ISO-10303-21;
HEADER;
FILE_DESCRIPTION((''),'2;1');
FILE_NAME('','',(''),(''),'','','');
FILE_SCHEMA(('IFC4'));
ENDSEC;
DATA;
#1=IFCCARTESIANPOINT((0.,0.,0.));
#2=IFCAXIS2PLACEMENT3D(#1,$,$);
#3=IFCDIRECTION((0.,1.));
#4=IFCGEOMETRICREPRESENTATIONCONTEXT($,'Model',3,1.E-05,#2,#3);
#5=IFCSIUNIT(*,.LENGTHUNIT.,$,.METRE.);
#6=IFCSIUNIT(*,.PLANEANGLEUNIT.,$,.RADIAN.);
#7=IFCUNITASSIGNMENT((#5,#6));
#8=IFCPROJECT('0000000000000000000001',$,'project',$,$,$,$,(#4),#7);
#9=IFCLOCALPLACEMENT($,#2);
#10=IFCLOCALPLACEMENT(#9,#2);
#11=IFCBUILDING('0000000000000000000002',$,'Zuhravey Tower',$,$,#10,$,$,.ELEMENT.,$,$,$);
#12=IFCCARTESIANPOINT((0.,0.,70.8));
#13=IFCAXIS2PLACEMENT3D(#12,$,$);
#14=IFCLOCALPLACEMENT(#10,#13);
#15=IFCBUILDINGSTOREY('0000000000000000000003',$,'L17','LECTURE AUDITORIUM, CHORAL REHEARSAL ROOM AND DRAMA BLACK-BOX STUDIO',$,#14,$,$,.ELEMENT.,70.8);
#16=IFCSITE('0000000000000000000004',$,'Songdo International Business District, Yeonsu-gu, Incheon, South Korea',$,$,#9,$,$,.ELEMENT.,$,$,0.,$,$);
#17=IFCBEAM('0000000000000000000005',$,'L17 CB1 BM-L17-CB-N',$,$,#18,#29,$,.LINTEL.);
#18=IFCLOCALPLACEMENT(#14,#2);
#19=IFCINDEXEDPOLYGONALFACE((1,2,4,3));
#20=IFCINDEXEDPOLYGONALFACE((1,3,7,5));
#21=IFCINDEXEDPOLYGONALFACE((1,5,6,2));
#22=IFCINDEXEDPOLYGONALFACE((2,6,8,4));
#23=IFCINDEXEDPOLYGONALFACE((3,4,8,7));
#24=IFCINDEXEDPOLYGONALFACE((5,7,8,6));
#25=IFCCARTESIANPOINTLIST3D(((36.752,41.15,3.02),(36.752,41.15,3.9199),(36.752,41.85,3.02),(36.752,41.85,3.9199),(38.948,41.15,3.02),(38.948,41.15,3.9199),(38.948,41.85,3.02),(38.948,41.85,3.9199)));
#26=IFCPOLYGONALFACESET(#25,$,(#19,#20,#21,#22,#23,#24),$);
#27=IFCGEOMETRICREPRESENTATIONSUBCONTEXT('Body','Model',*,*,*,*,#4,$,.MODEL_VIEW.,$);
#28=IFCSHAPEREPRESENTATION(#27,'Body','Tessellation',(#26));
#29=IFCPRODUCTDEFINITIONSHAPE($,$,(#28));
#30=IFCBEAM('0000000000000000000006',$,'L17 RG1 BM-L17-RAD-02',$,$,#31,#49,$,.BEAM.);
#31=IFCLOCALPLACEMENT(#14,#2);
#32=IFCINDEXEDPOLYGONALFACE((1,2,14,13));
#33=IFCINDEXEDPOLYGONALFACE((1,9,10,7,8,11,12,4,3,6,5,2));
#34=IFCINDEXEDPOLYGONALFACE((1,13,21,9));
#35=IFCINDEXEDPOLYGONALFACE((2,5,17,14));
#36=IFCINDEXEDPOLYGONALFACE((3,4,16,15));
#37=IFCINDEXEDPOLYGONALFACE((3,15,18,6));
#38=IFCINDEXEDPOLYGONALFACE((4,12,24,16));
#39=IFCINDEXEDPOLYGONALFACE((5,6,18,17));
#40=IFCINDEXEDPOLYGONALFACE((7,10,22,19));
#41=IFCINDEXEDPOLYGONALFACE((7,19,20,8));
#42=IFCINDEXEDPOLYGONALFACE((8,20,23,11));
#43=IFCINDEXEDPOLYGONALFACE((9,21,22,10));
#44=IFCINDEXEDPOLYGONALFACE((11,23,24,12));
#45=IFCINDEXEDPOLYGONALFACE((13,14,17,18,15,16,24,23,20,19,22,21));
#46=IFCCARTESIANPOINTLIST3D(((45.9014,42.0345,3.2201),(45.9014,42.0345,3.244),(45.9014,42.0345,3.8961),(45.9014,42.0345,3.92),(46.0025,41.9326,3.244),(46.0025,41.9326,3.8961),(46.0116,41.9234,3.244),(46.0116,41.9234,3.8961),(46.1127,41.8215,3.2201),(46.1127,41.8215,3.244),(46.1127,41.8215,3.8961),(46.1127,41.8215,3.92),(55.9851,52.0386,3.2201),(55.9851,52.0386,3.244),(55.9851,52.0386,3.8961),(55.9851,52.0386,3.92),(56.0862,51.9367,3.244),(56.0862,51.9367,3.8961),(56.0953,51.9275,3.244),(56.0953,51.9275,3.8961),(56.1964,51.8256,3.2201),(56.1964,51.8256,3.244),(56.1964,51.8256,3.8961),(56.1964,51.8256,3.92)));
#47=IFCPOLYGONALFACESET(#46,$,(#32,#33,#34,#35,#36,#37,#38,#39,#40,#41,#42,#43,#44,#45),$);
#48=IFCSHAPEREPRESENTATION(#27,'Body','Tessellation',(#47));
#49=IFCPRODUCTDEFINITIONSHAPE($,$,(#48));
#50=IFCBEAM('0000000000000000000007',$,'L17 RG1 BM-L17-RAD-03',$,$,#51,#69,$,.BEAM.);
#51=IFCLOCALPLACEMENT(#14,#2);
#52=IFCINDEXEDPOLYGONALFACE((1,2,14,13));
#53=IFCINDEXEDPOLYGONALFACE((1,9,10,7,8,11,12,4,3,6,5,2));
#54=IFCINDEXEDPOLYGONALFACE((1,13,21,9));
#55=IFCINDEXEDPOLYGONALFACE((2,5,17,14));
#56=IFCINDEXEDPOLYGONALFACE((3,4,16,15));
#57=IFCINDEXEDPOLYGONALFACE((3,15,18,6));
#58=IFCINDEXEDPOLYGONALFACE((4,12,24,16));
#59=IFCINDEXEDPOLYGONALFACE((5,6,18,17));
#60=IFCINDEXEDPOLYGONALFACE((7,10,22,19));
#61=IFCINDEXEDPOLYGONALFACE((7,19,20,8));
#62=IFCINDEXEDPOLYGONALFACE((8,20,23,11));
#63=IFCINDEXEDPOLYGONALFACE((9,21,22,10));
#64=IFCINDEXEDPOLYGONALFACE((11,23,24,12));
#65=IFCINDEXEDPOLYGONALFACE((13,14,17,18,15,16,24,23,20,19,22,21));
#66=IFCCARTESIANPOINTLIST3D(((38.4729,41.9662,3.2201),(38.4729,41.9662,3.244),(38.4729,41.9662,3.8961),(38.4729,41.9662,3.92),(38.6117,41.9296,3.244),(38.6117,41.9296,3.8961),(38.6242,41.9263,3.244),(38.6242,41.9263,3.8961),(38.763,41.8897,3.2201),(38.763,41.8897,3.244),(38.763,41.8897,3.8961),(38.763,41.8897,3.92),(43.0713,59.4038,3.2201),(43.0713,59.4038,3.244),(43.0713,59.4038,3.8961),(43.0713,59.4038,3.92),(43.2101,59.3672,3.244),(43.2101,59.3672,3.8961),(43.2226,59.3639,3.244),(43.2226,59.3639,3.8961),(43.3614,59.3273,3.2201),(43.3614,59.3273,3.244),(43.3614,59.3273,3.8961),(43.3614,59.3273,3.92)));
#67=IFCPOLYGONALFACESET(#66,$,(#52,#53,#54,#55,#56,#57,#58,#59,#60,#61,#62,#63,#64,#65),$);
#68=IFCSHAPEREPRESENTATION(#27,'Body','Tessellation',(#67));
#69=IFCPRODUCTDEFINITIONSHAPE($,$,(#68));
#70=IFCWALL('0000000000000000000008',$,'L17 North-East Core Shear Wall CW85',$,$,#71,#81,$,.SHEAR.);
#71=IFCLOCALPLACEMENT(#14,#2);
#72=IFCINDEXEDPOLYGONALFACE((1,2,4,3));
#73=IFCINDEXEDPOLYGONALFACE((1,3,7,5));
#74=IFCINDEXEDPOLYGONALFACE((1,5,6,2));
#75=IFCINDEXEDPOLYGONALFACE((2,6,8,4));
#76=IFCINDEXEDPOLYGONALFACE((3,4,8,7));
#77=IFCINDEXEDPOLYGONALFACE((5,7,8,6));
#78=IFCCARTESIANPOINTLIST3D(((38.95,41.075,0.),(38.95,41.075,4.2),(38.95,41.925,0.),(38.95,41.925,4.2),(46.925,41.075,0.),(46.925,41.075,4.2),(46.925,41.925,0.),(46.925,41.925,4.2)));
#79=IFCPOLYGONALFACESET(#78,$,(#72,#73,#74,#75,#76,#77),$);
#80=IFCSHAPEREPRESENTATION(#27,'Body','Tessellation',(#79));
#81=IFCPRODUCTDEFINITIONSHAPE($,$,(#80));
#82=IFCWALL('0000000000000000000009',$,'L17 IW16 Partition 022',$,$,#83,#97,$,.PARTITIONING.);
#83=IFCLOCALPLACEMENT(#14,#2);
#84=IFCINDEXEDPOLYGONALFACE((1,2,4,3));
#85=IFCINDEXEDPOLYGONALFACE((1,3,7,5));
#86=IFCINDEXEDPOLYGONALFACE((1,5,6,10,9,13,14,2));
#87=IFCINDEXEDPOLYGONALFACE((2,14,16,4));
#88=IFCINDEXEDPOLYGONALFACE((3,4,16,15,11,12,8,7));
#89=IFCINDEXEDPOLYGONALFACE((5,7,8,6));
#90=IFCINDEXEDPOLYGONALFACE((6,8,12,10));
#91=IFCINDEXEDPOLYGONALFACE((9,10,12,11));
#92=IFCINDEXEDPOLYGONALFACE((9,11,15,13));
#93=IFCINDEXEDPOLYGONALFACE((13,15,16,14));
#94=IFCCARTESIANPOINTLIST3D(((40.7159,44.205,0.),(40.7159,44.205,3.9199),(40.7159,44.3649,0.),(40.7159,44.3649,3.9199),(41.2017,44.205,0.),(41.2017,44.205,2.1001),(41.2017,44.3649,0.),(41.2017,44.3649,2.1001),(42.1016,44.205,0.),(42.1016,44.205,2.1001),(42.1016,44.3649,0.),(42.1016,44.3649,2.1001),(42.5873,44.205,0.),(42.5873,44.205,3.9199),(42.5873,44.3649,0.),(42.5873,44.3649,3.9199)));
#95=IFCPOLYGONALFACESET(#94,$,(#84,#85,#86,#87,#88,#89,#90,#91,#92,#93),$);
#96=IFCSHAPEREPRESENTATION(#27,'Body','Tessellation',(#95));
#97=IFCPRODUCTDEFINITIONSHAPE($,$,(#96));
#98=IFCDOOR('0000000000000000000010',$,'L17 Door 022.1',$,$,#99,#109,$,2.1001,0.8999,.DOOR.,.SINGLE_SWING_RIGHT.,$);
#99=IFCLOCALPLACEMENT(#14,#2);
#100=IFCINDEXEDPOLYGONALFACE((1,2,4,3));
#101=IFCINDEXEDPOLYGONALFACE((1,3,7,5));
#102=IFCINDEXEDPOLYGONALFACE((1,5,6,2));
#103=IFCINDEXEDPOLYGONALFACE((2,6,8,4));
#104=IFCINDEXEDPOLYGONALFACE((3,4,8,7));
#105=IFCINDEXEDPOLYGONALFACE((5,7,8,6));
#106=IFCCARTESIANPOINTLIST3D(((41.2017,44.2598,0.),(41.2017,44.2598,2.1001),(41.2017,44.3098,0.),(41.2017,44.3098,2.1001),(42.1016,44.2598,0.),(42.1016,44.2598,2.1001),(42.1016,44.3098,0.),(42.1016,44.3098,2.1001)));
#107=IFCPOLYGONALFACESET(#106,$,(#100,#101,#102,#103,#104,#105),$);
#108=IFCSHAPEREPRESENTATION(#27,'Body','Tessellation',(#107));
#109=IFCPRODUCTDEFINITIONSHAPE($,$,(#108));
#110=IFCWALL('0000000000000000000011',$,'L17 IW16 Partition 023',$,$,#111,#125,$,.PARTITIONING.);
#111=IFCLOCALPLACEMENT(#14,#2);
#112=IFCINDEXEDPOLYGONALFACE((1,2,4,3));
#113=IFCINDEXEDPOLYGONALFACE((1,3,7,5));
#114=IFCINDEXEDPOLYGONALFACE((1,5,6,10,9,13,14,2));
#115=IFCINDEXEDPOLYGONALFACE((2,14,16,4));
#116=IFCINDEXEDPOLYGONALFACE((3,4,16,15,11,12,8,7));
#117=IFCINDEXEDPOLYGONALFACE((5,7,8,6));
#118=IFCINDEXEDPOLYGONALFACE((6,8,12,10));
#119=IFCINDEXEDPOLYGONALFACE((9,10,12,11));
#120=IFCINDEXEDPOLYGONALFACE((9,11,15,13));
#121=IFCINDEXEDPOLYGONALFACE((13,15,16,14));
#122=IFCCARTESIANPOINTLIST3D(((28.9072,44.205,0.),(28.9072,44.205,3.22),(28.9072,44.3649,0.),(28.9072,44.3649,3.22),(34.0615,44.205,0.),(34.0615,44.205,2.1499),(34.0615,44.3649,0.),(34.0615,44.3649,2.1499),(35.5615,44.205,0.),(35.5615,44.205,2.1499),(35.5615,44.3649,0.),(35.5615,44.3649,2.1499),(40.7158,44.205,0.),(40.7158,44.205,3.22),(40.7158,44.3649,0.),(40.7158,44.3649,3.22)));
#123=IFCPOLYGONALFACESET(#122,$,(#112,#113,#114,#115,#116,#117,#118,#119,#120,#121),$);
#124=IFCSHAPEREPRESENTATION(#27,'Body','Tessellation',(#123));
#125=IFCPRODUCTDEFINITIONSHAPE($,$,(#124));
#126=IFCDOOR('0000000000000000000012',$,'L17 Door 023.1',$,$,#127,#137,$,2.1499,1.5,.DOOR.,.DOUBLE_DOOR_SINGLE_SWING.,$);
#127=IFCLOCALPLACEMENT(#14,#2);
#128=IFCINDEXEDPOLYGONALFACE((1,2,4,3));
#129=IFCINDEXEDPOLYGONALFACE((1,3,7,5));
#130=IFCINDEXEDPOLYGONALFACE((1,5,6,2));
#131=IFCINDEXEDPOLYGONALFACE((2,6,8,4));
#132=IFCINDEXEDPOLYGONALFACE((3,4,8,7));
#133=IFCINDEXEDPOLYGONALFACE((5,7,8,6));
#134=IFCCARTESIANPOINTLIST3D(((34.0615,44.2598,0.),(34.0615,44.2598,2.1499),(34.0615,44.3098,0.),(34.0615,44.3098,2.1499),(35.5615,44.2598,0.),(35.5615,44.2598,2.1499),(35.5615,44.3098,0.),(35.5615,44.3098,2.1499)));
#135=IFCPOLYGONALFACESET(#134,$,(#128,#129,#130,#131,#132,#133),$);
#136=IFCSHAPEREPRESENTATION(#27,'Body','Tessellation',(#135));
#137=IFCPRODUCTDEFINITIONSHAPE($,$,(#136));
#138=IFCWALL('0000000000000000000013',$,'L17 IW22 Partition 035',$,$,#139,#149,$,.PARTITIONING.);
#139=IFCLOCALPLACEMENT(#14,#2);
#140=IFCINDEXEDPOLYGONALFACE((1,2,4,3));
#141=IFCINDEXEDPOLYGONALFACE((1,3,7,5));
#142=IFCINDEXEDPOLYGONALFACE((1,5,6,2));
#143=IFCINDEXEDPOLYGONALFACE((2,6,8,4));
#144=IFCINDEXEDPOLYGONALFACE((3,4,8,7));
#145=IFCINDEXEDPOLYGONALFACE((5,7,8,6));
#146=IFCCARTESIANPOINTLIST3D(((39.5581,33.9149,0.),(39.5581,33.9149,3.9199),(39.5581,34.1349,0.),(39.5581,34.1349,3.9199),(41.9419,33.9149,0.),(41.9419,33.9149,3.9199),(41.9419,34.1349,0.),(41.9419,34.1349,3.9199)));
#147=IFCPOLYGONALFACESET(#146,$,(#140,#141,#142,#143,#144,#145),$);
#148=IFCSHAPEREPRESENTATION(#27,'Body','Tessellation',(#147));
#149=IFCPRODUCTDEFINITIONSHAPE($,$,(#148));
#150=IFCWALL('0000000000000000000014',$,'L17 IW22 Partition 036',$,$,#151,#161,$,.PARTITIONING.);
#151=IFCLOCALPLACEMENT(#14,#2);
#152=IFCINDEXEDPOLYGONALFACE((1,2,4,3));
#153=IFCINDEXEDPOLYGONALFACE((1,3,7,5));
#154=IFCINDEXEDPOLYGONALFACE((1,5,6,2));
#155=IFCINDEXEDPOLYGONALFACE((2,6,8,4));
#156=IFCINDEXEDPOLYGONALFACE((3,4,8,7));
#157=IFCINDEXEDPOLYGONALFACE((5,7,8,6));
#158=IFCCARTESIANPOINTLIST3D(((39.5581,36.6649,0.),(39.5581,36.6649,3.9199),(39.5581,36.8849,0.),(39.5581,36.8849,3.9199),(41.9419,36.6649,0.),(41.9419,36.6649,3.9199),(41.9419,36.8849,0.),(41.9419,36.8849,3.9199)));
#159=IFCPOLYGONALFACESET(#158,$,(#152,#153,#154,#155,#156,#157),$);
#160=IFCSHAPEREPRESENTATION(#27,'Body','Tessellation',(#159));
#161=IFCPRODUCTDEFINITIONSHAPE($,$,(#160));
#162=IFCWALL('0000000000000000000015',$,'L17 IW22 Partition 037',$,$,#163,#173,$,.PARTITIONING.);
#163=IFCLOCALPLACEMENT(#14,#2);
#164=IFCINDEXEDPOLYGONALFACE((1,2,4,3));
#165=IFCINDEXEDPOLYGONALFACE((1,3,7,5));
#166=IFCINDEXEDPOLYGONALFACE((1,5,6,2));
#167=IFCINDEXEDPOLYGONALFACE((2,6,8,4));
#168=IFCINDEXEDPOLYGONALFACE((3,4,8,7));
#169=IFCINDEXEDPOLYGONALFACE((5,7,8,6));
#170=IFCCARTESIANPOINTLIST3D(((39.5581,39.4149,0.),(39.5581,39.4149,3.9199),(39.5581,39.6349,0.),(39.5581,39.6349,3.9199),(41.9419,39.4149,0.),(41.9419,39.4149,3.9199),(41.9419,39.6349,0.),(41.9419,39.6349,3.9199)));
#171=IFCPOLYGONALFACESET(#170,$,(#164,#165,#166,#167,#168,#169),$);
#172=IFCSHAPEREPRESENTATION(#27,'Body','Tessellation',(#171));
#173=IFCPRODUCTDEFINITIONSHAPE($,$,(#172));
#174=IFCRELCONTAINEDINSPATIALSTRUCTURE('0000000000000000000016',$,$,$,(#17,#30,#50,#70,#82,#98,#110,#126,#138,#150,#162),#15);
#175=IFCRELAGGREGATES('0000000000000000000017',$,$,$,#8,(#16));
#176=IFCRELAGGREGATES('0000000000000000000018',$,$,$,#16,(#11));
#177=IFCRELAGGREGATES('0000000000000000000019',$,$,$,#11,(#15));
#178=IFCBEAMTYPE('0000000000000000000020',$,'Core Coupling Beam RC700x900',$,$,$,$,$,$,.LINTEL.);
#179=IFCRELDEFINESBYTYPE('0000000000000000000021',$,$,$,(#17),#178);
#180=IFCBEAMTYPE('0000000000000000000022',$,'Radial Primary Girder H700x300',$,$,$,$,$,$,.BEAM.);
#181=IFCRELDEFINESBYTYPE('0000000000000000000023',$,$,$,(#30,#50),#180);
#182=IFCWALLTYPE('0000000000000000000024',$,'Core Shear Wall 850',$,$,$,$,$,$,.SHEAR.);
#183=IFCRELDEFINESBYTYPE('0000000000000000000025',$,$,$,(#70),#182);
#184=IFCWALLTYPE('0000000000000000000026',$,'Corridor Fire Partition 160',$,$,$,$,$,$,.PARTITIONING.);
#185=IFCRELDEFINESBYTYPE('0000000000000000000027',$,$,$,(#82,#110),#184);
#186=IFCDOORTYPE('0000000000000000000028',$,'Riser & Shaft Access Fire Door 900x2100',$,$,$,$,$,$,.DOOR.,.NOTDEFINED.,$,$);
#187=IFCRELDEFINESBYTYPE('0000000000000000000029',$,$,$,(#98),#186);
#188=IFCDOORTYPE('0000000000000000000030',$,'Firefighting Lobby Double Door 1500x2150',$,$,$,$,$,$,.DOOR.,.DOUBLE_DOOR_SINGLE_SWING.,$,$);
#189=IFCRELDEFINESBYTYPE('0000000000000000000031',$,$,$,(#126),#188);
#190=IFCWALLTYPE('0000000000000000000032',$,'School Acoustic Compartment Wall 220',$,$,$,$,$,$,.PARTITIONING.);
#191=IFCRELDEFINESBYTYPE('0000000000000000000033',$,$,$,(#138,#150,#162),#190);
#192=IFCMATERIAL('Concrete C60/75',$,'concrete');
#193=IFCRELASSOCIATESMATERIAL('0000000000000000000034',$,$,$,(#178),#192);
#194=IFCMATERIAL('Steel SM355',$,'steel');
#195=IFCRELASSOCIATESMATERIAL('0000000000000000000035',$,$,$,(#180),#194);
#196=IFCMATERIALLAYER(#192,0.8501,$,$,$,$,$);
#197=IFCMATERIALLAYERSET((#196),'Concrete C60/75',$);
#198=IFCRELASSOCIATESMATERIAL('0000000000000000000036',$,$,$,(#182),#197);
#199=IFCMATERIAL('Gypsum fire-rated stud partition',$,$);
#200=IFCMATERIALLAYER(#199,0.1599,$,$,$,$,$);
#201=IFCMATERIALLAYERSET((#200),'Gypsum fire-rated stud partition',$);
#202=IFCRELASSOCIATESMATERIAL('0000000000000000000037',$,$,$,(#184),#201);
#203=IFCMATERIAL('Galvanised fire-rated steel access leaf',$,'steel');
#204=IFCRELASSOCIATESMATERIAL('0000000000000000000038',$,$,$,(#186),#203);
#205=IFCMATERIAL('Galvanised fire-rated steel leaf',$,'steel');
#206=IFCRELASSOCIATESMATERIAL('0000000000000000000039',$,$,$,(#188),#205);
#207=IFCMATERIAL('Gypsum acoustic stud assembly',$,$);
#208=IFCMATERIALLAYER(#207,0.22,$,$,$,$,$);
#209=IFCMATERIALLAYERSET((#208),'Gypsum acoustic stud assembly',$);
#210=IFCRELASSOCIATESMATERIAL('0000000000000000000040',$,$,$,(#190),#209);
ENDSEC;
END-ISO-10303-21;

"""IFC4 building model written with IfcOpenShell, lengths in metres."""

from ifc_helpers import new_model, si_unit, direction, frame, frame_2d, origin, origin_2d, place, context, subcontext, project, spatial, rectangle, i_section, extrude, material, layer, layer_set, material_profile, profile_set, type_object, element, fill, save


model = new_model("IFC4")

# Units and contexts
model_context = context("Model", 3, precision=1e-05, world=origin(), true_north=direction((0.0, 1.0)))
body_context = subcontext(model_context, "Body", "Model", "MODEL_VIEW")
ifc_project = project(units=[si_unit("LENGTHUNIT", "METRE"), si_unit("PLANEANGLEUNIT", "RADIAN")], contexts=[model_context])

# Site, building, storey
site_placement = place(None, origin())
site = spatial("IfcSite", under=ifc_project, at=site_placement, Name="Songdo International Business District, Yeonsu-gu, Incheon, South Korea", CompositionType="ELEMENT", RefElevation=0.0)
building_placement = place(site_placement, origin())
building = spatial("IfcBuilding", under=site, at=building_placement, Name="Zuhravey Tower", CompositionType="ELEMENT")
storey_placement = place(building_placement, frame((0.0, 0.0, 70.8)))
storey = spatial("IfcBuildingStorey", under=building, at=storey_placement, Name="L17", Description="LECTURE AUDITORIUM, CHORAL REHEARSAL ROOM AND DRAMA BLACK-BOX STUDIO", CompositionType="ELEMENT", Elevation=70.8)

# Beams
ifc_material_1 = material(Name="Concrete C60/75", Category="concrete")
ifc_material_profile_1 = material_profile(ifc_material_1, rectangle(XDim=0.7, YDim=0.8999, at=origin_2d()), Name="RC-700x900")
ifc_profile_set_1 = profile_set([ifc_material_profile_1], Name="Concrete C60/75")
beam_type_1 = type_object("IfcBeamType", Name="Core Coupling Beam RC700x900", PredefinedType="LINTEL", material=ifc_profile_set_1)
beam_1_placement = place(storey_placement, frame((36.752, 41.5, 3.47), z_axis=(1.0, 0.0, 0.0), x_axis=(0.0, 1.0, 0.0)))
element("IfcBeam", 1, at=beam_1_placement, inside=storey, type_object=beam_type_1, Name="L17 CB1 BM-L17-CB-N", PredefinedType="LINTEL", context=body_context, shape_type="SweptSolid", body=[
    extrude(rectangle(XDim=0.7, YDim=0.8999, at=origin_2d()), origin(), (0.0, 0.0, 1.0), 2.196),
])
ifc_material_2 = material(Name="Steel SM355", Category="steel")
ifc_material_profile_2 = material_profile(ifc_material_2, i_section(OverallWidth=0.3, OverallDepth=0.7, WebThickness=0.0129, FlangeThickness=0.0239, at=origin_2d()), Name="H-700x300x13x24")
ifc_profile_set_2 = profile_set([ifc_material_profile_2], Name="Steel SM355")
beam_type_2 = type_object("IfcBeamType", Name="Radial Primary Girder H700x300", PredefinedType="BEAM", material=ifc_profile_set_2)
beam_2_placement = place(storey_placement, frame((46.0071, 41.928, 3.5701), z_axis=(0.709903, 0.7043, 0.0), x_axis=(-0.7043, 0.709903, 0.0)))
element("IfcBeam", 2, at=beam_2_placement, inside=storey, type_object=beam_type_2, Name="L17 RG1 BM-L17-RAD-02", PredefinedType="BEAM", context=body_context, shape_type="SweptSolid", body=[
    extrude(i_section(OverallWidth=0.3, OverallDepth=0.7, WebThickness=0.0129, FlangeThickness=0.0239, at=origin_2d()), origin(), (0.0, 0.0, 1.0), 14.2043),
])
beam_3_placement = place(storey_placement, frame((38.6179, 41.928, 3.5701), z_axis=(0.25499, 0.966944, 0.0), x_axis=(-0.966944, 0.25499, 0.0)))
element("IfcBeam", 3, at=beam_3_placement, inside=storey, type_object=beam_type_2, Name="L17 RG1 BM-L17-RAD-03", PredefinedType="BEAM", context=body_context, shape_type="SweptSolid", body=[
    extrude(i_section(OverallWidth=0.3, OverallDepth=0.7, WebThickness=0.0129, FlangeThickness=0.0239, at=origin_2d()), origin(), (0.0, 0.0, 1.0), 18.0337),
])

# Wall
ifc_layer_1 = layer(ifc_material_1, 0.8501)
ifc_layer_set_1 = layer_set([ifc_layer_1], Name="Concrete C60/75")
wall_type_1 = type_object("IfcWallType", Name="Core Shear Wall 850", PredefinedType="SHEAR", material=ifc_layer_set_1)
wall_1_placement = place(storey_placement, frame((46.925, 41.5, 0.0), z_axis=(0.0, 0.0, 1.0), x_axis=(-1.0, 0.0, 0.0)))
element("IfcWall", 4, at=wall_1_placement, inside=storey, type_object=wall_type_1, Name="L17 North-East Core Shear Wall CW85", PredefinedType="SHEAR", context=body_context, shape_type="SweptSolid", body=[
    extrude(rectangle(XDim=7.9751, YDim=0.8501, at=frame_2d((3.9875, 0.0))), origin(), (0.0, 0.0, 1.0), 4.2),
])

# Walls, openings, doors
ifc_material_3 = material(Name="Galvanised fire-rated steel leaf", Category="steel")
ifc_material_4 = material(Name="Gypsum fire-rated stud partition")
ifc_layer_2 = layer(ifc_material_4, 0.1599)
ifc_layer_set_2 = layer_set([ifc_layer_2], Name="Gypsum fire-rated stud partition")
wall_type_2 = type_object("IfcWallType", Name="Corridor Fire Partition 160", PredefinedType="PARTITIONING", material=ifc_layer_set_2)
wall_2_placement = place(storey_placement, frame((42.5872, 44.2849, 0.0), z_axis=(0.0, 0.0, 1.0), x_axis=(-1.0, 0.0, 0.0)))
wall_2 = element("IfcWall", 5, at=wall_2_placement, inside=storey, type_object=wall_type_2, Name="L17 IW16 Partition 022", PredefinedType="PARTITIONING", context=body_context, shape_type="SweptSolid", body=[
    extrude(rectangle(XDim=1.8713, YDim=0.1599, at=frame_2d((0.9355, 0.0))), origin(), (0.0, 0.0, 1.0), 3.9199),
])
opening_1_placement = place(wall_2_placement, frame((0.4856, 0.0, 0.0)))
opening_1 = element("IfcOpeningElement", 6, at=opening_1_placement, cuts=wall_2, PredefinedType="OPENING", context=body_context, shape_type="SweptSolid", body=[
    extrude(rectangle(XDim=0.8999, YDim=2.1001, at=frame_2d((0.45, 1.05))), frame((0.0, 0.092, 0.0), z_axis=(0.0, -1.0, 0.0), x_axis=(1.0, 0.0, 0.0)), (0.0, 0.0, 1.0), 0.1838),
])
ifc_material_5 = material(Name="Galvanised fire-rated steel access leaf", Category="steel")
door_type_1 = type_object("IfcDoorType", Name="Riser & Shaft Access Fire Door 900x2100", OperationType="NOTDEFINED", PredefinedType="DOOR", material=ifc_material_5)
door_1_placement = place(opening_1_placement, frame((0.8999, 0.0, 0.0), z_axis=(0.0, 0.0, 1.0), x_axis=(-1.0, 0.0, 0.0)))
door_1 = element("IfcDoor", 7, at=door_1_placement, inside=storey, type_object=door_type_1, Name="L17 Door 022.1", OperationType="SINGLE_SWING_RIGHT", OverallHeight=2.1001, OverallWidth=0.8999, PredefinedType="DOOR", context=body_context, shape_type="SweptSolid", body=[
    extrude(rectangle(XDim=0.8999, YDim=2.1001, at=frame_2d((0.45, 1.05))), frame((0.0, 0.0249, 0.0), z_axis=(0.0, -1.0, 0.0), x_axis=(1.0, 0.0, 0.0)), (0.0, 0.0, 1.0), 0.05),
])
fill(opening_1, door_1)
wall_3_placement = place(storey_placement, frame((40.7158, 44.2849, 0.0), z_axis=(0.0, 0.0, 1.0), x_axis=(-1.0, 0.0, 0.0)))
wall_3 = element("IfcWall", 8, at=wall_3_placement, inside=storey, type_object=wall_type_2, Name="L17 IW16 Partition 023", PredefinedType="PARTITIONING", context=body_context, shape_type="SweptSolid", body=[
    extrude(rectangle(XDim=11.8086, YDim=0.1599, at=frame_2d((5.9043, 0.0))), origin(), (0.0, 0.0, 1.0), 3.22),
])
opening_2_placement = place(wall_3_placement, frame((5.1543, 0.0, 0.0)))
opening_2 = element("IfcOpeningElement", 9, at=opening_2_placement, cuts=wall_3, PredefinedType="OPENING", context=body_context, shape_type="SweptSolid", body=[
    extrude(rectangle(XDim=1.5, YDim=2.1499, at=frame_2d((0.75, 1.075))), frame((0.0, 0.092, 0.0), z_axis=(0.0, -1.0, 0.0), x_axis=(1.0, 0.0, 0.0)), (0.0, 0.0, 1.0), 0.1838),
])
door_type_2 = type_object("IfcDoorType", Name="Firefighting Lobby Double Door 1500x2150", OperationType="DOUBLE_DOOR_SINGLE_SWING", PredefinedType="DOOR", material=ifc_material_3)
door_2_placement = place(opening_2_placement, frame((1.5, 0.0, 0.0), z_axis=(0.0, 0.0, 1.0), x_axis=(-1.0, 0.0, 0.0)))
door_2 = element("IfcDoor", 10, at=door_2_placement, inside=storey, type_object=door_type_2, Name="L17 Door 023.1", OperationType="DOUBLE_DOOR_SINGLE_SWING", OverallHeight=2.1499, OverallWidth=1.5, PredefinedType="DOOR", context=body_context, shape_type="SweptSolid", body=[
    extrude(rectangle(XDim=1.5, YDim=2.1499, at=frame_2d((0.75, 1.075))), frame((0.0, 0.0249, 0.0), z_axis=(0.0, -1.0, 0.0), x_axis=(1.0, 0.0, 0.0)), (0.0, 0.0, 1.0), 0.05),
])
fill(opening_2, door_2)

# Walls
ifc_material_6 = material(Name="Gypsum acoustic stud assembly")
ifc_layer_3 = layer(ifc_material_6, 0.22)
ifc_layer_set_3 = layer_set([ifc_layer_3], Name="Gypsum acoustic stud assembly")
wall_type_3 = type_object("IfcWallType", Name="School Acoustic Compartment Wall 220", PredefinedType="PARTITIONING", material=ifc_layer_set_3)
for number, where, z_axis, x_axis, name in (
    (11, (39.5581, 34.0249, 0.0), (0.0, 0.0, 1.0), (1.0, 0.0, 0.0), "L17 IW22 Partition 035"),
    (12, (39.5581, 36.7749, 0.0), (0.0, 0.0, 1.0), (1.0, 0.0, 0.0), "L17 IW22 Partition 036"),
    (13, (39.5581, 39.5249, 0.0), (0.0, 0.0, 1.0), (1.0, 0.0, 0.0), "L17 IW22 Partition 037"),
):
    element("IfcWall", number, at=place(storey_placement, frame(where, z_axis=z_axis, x_axis=x_axis)), inside=storey, type_object=wall_type_3, Name=name, PredefinedType="PARTITIONING", context=body_context, shape_type="SweptSolid", body=[
        extrude(rectangle(XDim=2.3838, YDim=0.22, at=frame_2d((1.1919, 0.0))), origin(), (0.0, 0.0, 1.0), 3.9199),
    ])

save(model, "model.ifc")
